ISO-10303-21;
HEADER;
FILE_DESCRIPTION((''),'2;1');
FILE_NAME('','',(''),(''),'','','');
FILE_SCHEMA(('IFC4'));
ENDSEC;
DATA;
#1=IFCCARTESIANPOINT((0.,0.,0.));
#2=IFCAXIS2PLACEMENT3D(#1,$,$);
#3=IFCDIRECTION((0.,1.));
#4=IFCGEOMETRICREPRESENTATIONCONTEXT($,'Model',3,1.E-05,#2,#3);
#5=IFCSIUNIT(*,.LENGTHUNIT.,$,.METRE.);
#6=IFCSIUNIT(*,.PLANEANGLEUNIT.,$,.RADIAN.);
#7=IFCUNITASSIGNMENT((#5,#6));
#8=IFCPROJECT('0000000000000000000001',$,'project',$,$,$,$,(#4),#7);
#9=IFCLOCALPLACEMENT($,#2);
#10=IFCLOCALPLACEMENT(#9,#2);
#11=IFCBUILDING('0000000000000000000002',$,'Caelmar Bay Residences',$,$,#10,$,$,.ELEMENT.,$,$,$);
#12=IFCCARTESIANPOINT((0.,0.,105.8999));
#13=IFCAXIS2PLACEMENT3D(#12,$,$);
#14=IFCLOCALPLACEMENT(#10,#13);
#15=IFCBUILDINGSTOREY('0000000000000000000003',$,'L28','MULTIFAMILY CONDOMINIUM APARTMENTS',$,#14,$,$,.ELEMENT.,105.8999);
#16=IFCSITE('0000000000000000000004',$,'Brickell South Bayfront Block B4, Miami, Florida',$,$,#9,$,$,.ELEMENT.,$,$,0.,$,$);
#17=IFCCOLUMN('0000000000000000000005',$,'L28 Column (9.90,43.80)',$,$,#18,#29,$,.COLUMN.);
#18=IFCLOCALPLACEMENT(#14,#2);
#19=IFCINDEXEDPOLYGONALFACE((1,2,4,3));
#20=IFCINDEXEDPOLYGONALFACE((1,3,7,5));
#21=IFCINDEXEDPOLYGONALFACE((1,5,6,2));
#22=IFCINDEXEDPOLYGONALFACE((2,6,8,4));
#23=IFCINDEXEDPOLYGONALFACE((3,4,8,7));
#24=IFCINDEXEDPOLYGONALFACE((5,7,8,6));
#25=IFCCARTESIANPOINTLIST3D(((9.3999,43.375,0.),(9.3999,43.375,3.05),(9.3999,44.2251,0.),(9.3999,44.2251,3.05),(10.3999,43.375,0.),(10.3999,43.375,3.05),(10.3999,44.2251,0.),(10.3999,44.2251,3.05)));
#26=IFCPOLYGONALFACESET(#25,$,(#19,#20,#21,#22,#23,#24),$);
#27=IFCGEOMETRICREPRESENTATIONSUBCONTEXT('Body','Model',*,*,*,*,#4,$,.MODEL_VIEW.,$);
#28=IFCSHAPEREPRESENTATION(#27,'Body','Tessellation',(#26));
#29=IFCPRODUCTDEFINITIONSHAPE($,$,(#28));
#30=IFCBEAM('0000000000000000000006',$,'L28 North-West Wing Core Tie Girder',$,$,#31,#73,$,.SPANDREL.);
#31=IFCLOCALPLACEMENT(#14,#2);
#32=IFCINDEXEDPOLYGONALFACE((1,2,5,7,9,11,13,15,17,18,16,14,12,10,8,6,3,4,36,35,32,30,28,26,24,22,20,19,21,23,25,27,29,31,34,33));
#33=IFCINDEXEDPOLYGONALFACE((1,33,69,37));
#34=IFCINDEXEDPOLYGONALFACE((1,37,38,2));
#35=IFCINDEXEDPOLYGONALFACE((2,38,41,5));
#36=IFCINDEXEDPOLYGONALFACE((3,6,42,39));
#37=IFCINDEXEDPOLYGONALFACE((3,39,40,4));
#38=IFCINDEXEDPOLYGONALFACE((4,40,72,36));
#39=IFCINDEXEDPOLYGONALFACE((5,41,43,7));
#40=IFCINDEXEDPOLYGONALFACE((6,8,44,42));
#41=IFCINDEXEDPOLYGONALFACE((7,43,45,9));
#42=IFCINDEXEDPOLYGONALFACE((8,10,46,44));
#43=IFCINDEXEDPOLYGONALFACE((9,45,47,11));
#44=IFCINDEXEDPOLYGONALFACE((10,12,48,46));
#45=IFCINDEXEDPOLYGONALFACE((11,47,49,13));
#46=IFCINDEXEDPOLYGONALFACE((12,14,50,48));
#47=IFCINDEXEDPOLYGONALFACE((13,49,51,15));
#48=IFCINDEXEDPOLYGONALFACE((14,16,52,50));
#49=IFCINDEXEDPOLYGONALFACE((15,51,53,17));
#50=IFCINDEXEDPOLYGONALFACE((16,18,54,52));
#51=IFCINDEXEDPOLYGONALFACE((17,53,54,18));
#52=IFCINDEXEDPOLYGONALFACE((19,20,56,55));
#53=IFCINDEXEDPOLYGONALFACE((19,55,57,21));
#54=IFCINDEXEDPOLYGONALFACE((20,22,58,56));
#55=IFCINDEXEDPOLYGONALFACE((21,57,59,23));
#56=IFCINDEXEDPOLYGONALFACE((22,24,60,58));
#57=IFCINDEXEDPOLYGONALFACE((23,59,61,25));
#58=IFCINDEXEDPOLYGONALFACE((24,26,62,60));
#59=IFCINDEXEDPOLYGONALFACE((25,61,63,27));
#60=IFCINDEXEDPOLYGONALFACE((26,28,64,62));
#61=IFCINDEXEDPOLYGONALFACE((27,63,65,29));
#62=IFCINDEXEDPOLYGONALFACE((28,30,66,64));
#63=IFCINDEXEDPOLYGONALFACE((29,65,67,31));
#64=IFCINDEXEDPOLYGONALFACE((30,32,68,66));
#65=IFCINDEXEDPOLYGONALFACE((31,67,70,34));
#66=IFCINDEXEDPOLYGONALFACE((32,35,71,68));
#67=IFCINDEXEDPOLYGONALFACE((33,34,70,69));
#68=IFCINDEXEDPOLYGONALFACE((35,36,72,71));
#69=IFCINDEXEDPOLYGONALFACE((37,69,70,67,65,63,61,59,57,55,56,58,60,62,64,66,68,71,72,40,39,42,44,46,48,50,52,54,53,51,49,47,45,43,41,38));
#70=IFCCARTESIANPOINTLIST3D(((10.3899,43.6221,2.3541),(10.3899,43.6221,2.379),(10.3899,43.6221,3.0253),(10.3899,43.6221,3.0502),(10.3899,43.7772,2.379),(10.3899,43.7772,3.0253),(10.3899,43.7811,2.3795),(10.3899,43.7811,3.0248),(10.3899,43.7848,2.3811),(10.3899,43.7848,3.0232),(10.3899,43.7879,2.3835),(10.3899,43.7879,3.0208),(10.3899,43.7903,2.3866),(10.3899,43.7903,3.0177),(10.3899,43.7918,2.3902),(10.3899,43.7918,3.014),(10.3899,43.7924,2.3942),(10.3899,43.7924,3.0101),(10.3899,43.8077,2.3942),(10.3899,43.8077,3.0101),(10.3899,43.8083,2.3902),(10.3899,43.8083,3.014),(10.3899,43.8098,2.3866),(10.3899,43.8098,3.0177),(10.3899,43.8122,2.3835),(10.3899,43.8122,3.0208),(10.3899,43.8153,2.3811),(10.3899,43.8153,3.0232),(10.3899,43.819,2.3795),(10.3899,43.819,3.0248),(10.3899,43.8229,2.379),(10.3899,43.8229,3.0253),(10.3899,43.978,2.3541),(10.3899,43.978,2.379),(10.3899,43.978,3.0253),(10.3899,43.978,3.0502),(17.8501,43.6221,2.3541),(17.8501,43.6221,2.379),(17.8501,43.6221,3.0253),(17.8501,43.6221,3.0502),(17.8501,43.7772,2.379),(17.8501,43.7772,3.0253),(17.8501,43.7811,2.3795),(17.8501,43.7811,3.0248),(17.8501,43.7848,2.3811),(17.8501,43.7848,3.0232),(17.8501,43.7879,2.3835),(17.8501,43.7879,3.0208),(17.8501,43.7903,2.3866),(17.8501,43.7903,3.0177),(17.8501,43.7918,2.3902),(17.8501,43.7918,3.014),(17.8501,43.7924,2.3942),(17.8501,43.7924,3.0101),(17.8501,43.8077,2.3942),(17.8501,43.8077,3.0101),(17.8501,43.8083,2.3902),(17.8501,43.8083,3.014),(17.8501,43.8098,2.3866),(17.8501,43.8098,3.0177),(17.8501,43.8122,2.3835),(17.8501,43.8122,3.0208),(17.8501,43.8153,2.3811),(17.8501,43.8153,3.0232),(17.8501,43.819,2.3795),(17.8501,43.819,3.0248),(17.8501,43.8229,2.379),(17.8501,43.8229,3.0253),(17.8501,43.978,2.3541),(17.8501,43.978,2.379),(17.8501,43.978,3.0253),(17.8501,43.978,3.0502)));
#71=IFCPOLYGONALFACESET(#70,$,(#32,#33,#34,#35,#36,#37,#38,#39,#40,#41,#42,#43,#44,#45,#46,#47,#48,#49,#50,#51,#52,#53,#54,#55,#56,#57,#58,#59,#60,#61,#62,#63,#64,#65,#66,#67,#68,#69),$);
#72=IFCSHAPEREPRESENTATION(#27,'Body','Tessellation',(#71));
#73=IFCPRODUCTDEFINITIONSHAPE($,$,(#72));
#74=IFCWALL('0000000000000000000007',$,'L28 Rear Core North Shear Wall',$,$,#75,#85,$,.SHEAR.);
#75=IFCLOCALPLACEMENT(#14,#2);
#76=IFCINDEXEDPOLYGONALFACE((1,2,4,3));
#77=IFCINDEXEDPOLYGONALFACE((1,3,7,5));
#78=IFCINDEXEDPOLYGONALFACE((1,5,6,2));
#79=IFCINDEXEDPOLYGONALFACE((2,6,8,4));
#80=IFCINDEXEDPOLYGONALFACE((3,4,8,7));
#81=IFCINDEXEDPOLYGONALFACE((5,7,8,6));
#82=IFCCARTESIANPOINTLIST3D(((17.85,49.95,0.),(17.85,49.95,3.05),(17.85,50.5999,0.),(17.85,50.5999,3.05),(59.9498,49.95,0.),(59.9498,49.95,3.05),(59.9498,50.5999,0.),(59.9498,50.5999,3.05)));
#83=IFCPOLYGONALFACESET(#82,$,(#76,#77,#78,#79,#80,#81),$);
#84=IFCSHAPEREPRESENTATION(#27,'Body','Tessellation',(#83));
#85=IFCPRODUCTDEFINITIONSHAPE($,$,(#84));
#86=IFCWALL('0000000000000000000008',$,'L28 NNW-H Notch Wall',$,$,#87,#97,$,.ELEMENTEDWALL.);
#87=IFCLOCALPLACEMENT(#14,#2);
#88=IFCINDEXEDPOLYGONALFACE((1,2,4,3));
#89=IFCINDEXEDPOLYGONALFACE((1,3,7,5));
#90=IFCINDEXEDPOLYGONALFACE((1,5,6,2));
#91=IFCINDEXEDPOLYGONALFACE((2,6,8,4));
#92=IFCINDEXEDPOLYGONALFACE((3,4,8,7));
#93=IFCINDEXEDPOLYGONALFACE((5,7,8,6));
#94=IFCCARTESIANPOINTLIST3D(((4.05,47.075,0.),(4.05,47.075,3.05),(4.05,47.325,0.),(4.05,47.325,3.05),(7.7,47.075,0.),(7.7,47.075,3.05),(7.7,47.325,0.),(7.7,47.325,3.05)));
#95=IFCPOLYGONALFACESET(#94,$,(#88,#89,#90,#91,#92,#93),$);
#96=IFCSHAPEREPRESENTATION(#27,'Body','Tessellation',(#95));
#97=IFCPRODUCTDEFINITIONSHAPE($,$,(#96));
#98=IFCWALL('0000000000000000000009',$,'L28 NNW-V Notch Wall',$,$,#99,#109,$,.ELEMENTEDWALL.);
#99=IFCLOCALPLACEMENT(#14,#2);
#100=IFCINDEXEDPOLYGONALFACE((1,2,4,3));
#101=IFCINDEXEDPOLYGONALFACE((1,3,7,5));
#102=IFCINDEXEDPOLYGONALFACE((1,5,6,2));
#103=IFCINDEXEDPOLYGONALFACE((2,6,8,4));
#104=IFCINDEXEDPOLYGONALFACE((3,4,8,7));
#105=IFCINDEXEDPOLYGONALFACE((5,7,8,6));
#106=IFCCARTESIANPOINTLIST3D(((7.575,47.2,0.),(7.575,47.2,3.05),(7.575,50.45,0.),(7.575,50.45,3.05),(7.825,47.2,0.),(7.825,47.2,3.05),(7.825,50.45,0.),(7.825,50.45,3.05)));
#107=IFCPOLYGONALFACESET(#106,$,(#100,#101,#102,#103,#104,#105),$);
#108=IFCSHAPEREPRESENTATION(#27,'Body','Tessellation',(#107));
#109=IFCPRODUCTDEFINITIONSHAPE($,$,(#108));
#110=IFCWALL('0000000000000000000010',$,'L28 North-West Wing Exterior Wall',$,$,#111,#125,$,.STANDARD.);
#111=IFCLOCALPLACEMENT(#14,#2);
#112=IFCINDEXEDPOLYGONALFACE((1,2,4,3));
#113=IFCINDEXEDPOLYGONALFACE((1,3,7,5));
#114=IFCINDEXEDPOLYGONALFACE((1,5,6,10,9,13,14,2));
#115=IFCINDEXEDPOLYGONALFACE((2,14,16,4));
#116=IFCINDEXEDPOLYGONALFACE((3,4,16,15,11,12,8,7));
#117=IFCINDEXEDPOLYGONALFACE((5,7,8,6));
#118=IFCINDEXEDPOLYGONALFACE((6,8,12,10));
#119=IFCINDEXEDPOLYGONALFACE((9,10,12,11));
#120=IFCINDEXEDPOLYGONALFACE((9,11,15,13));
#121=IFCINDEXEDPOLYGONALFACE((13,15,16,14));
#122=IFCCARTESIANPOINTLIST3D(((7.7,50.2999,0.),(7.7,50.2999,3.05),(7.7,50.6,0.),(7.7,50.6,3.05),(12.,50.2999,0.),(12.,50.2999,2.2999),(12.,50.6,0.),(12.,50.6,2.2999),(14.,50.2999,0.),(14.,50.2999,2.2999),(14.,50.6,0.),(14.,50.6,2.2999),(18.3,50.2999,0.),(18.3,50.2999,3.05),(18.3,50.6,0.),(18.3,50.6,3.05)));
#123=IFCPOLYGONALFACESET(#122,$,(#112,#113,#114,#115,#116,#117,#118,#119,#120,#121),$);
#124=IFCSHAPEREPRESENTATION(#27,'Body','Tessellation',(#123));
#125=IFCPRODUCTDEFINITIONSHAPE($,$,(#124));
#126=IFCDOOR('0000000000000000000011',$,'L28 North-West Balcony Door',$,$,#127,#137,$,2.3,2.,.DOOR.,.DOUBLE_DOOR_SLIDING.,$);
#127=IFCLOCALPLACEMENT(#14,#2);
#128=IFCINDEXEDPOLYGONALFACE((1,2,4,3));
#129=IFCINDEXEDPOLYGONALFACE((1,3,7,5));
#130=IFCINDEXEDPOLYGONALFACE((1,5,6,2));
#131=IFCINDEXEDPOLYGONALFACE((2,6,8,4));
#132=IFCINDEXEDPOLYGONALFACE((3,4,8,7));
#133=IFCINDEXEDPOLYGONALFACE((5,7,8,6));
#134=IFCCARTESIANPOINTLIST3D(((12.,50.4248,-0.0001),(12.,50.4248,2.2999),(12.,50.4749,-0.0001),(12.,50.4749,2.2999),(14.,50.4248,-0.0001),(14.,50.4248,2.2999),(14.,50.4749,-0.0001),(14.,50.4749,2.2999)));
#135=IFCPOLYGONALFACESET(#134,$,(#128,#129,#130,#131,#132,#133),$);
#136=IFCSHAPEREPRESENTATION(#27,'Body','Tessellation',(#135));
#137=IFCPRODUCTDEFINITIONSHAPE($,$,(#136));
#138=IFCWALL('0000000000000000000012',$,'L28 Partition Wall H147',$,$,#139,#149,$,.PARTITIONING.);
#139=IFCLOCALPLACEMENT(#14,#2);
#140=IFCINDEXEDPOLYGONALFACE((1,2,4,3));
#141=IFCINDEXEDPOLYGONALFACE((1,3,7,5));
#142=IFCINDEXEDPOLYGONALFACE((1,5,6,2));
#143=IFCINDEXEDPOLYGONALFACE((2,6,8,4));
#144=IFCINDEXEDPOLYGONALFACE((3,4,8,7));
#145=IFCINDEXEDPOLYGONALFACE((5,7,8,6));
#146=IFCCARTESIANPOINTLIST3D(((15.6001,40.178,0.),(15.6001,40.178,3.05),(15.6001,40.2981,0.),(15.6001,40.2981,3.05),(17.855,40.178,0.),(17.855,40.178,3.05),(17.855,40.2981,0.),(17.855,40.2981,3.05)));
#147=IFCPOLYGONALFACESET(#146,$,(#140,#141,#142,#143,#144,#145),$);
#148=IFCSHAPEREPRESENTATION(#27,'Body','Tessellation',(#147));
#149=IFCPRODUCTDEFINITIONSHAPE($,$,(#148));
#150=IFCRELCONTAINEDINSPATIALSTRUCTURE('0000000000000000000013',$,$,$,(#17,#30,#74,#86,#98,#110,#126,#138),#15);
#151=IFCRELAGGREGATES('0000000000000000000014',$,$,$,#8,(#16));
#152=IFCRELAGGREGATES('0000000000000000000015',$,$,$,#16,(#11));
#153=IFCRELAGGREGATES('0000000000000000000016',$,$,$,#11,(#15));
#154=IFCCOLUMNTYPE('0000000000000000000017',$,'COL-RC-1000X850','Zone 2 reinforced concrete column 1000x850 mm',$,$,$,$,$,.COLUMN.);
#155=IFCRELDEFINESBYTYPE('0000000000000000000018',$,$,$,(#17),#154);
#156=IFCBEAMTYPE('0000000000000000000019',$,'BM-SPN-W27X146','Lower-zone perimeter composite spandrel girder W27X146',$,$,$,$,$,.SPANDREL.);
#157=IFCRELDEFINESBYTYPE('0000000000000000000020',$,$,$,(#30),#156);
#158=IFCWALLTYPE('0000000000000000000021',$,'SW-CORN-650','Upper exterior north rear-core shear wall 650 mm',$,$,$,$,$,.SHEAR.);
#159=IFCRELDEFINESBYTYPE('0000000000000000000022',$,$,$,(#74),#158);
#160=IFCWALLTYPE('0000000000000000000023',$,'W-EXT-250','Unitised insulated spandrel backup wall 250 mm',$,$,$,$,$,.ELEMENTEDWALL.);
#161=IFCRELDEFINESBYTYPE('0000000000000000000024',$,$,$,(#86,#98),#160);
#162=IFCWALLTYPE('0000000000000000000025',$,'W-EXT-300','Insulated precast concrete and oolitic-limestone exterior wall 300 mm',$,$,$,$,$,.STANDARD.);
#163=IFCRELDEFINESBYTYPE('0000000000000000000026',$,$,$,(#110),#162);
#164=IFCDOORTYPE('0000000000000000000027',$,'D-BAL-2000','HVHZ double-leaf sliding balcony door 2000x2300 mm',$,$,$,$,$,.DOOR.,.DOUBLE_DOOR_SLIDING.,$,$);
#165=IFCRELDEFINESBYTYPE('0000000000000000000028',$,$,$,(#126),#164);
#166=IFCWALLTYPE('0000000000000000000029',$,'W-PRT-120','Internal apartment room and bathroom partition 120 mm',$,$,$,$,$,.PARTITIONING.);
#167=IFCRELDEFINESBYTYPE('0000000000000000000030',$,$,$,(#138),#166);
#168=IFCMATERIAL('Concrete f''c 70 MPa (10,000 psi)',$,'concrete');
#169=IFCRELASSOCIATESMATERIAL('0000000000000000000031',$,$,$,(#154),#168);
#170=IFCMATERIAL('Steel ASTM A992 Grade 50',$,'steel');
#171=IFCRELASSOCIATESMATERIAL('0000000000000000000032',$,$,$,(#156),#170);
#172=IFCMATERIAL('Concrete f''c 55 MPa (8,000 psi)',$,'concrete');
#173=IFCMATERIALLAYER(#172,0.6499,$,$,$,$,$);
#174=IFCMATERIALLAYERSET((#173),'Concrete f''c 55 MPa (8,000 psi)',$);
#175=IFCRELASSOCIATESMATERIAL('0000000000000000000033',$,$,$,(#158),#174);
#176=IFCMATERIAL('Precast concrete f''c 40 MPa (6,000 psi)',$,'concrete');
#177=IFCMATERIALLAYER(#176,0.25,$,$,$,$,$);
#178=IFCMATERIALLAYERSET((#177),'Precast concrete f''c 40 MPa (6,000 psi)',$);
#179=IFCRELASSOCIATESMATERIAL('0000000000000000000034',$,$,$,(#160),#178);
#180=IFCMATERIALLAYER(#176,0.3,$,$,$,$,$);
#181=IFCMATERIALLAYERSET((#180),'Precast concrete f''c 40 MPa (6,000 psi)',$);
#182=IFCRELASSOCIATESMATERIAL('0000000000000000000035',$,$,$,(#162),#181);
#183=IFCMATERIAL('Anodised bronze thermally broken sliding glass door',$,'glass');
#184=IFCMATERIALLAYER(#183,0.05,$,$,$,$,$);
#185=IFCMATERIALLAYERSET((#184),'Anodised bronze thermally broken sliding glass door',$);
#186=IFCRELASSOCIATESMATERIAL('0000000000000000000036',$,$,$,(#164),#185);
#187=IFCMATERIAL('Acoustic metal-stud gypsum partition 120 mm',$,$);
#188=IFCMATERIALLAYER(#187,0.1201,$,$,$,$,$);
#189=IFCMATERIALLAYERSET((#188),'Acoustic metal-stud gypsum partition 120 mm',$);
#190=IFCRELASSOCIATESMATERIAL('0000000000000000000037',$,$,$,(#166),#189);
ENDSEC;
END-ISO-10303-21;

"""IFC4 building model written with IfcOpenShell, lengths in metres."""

from ifc_helpers import new_model, si_unit, direction, frame, frame_2d, origin, origin_2d, place, context, subcontext, project, spatial, rectangle, i_section, extrude, material, layer, layer_set, material_profile, profile_set, type_object, element, fill, save


model = new_model("IFC4")

# Units and contexts
model_context = context("Model", 3, precision=1e-05, world=origin(), true_north=direction((0.0, 1.0)))
body_context = subcontext(model_context, "Body", "Model", "MODEL_VIEW")
ifc_project = project(units=[si_unit("LENGTHUNIT", "METRE"), si_unit("PLANEANGLEUNIT", "RADIAN")], contexts=[model_context])

# Site, building, storey
site_placement = place(None, origin())
site = spatial("IfcSite", under=ifc_project, at=site_placement, Name="Brickell South Bayfront Block B4, Miami, Florida", CompositionType="ELEMENT", RefElevation=0.0)
building_placement = place(site_placement, origin())
building = spatial("IfcBuilding", under=site, at=building_placement, Name="Caelmar Bay Residences", CompositionType="ELEMENT")
storey_placement = place(building_placement, frame((0.0, 0.0, 105.8999)))
storey = spatial("IfcBuildingStorey", under=building, at=storey_placement, Name="L28", Description="MULTIFAMILY CONDOMINIUM APARTMENTS", CompositionType="ELEMENT", Elevation=105.8999)

# Column
ifc_material_1 = material(Name="Concrete f'c 70 MPa (10,000 psi)", Category="concrete")
ifc_material_profile_1 = material_profile(ifc_material_1, rectangle(XDim=1.0, YDim=0.8501, at=origin_2d()), Name="RC-COL-1000X850")
ifc_profile_set_1 = profile_set([ifc_material_profile_1], Name="Concrete f'c 70 MPa (10,000 psi)")
column_type = type_object("IfcColumnType", Name="COL-RC-1000X850", Description="Zone 2 reinforced concrete column 1000x850 mm", PredefinedType="COLUMN", material=ifc_profile_set_1)
column_placement = place(storey_placement, frame((9.8999, 43.8, 0.0), z_axis=(0.0, 0.0, 1.0), x_axis=(1.0, 0.0, 0.0)))
element("IfcColumn", 1, at=column_placement, inside=storey, type_object=column_type, Name="L28 Column (9.90,43.80)", PredefinedType="COLUMN", context=body_context, shape_type="SweptSolid", body=[
    extrude(rectangle(XDim=1.0, YDim=0.8501, at=origin_2d()), origin(), (0.0, 0.0, 1.0), 3.05),
])

# Beam
ifc_material_2 = material(Name="Steel ASTM A992 Grade 50", Category="steel")
ifc_material_profile_2 = material_profile(ifc_material_2, i_section(OverallWidth=0.356, OverallDepth=0.696, WebThickness=0.0154, FlangeThickness=0.0249, FilletRadius=0.0151, at=origin_2d()), Name="W27X146")
ifc_profile_set_2 = profile_set([ifc_material_profile_2], Name="Steel ASTM A992 Grade 50")
beam_type = type_object("IfcBeamType", Name="BM-SPN-W27X146", Description="Lower-zone perimeter composite spandrel girder W27X146", PredefinedType="SPANDREL", material=ifc_profile_set_2)
beam_placement = place(storey_placement, frame((10.3899, 43.8, 2.7021), z_axis=(1.0, 0.0, 0.0), x_axis=(0.0, 1.0, 0.0)))
element("IfcBeam", 2, at=beam_placement, inside=storey, type_object=beam_type, Name="L28 North-West Wing Core Tie Girder", PredefinedType="SPANDREL", context=body_context, shape_type="SweptSolid", body=[
    extrude(i_section(OverallWidth=0.356, OverallDepth=0.696, WebThickness=0.0154, FlangeThickness=0.0249, FilletRadius=0.0151, at=origin_2d()), origin(), (0.0, 0.0, 1.0), 7.4602),
])

# Walls
ifc_material_3 = material(Name="Concrete f'c 55 MPa (8,000 psi)", Category="concrete")
ifc_layer_1 = layer(ifc_material_3, 0.6499)
ifc_layer_set_1 = layer_set([ifc_layer_1], Name="Concrete f'c 55 MPa (8,000 psi)")
wall_type_1 = type_object("IfcWallType", Name="SW-CORN-650", Description="Upper exterior north rear-core shear wall 650 mm", PredefinedType="SHEAR", material=ifc_layer_set_1)
wall_1_placement = place(storey_placement, frame((17.8501, 50.2749, 0.0), z_axis=(0.0, 0.0, 1.0), x_axis=(1.0, 0.0, 0.0)))
element("IfcWall", 3, at=wall_1_placement, inside=storey, type_object=wall_type_1, Name="L28 Rear Core North Shear Wall", PredefinedType="SHEAR", context=body_context, shape_type="SweptSolid", body=[
    extrude(rectangle(XDim=42.0999, YDim=0.6499, at=frame_2d((21.0498, 0.0))), origin(), (0.0, 0.0, 1.0), 3.05),
])
ifc_material_4 = material(Name="Precast concrete f'c 40 MPa (6,000 psi)", Category="concrete")
ifc_layer_2 = layer(ifc_material_4, 0.25)
ifc_layer_set_2 = layer_set([ifc_layer_2], Name="Precast concrete f'c 40 MPa (6,000 psi)")
wall_type_2 = type_object("IfcWallType", Name="W-EXT-250", Description="Unitised insulated spandrel backup wall 250 mm", PredefinedType="ELEMENTEDWALL", material=ifc_layer_set_2)
wall_2_placement = place(storey_placement, frame((4.05, 47.2, 0.0), z_axis=(0.0, 0.0, 1.0), x_axis=(1.0, 0.0, 0.0)))
element("IfcWall", 4, at=wall_2_placement, inside=storey, type_object=wall_type_2, Name="L28 NNW-H Notch Wall", PredefinedType="ELEMENTEDWALL", context=body_context, shape_type="SweptSolid", body=[
    extrude(rectangle(XDim=3.6499, YDim=0.25, at=frame_2d((1.825, 0.0))), origin(), (0.0, 0.0, 1.0), 3.05),
])
wall_3_placement = place(storey_placement, frame((7.7, 47.2, 0.0), z_axis=(0.0, 0.0, 1.0), x_axis=(0.0, 1.0, 0.0)))
element("IfcWall", 5, at=wall_3_placement, inside=storey, type_object=wall_type_2, Name="L28 NNW-V Notch Wall", PredefinedType="ELEMENTEDWALL", context=body_context, shape_type="SweptSolid", body=[
    extrude(rectangle(XDim=3.25, YDim=0.25, at=frame_2d((1.625, 0.0))), origin(), (0.0, 0.0, 1.0), 3.05),
])

# Wall, opening, door
ifc_layer_3 = layer(ifc_material_4, 0.3)
ifc_layer_set_3 = layer_set([ifc_layer_3], Name="Precast concrete f'c 40 MPa (6,000 psi)")
wall_type_3 = type_object("IfcWallType", Name="W-EXT-300", Description="Insulated precast concrete and oolitic-limestone exterior wall 300 mm", PredefinedType="STANDARD", material=ifc_layer_set_3)
wall_4_placement = place(storey_placement, frame((7.7, 50.45, 0.0), z_axis=(0.0, 0.0, 1.0), x_axis=(1.0, 0.0, 0.0)))
wall_4 = element("IfcWall", 6, at=wall_4_placement, inside=storey, type_object=wall_type_3, Name="L28 North-West Wing Exterior Wall", PredefinedType="STANDARD", context=body_context, shape_type="SweptSolid", body=[
    extrude(rectangle(XDim=10.6001, YDim=0.3, at=frame_2d((5.3, 0.0))), origin(), (0.0, 0.0, 1.0), 3.05),
])
opening_1_placement = place(wall_4_placement, frame((4.3, 0.0, 0.0)))
opening_1 = element("IfcOpeningElement", 7, at=opening_1_placement, cuts=wall_4, PredefinedType="OPENING", context=body_context, shape_type="SweptSolid", body=[
    extrude(rectangle(XDim=2.0, YDim=2.3, at=frame_2d((1.0, 1.1499))), frame((0.0, 0.1599, 0.0), z_axis=(0.0, -1.0, 0.0), x_axis=(1.0, 0.0, 0.0)), (0.0, 0.0, 1.0), 0.3201),
])
ifc_material_5 = material(Name="Anodised bronze thermally broken sliding glass door", Category="glass")
ifc_layer_4 = layer(ifc_material_5, 0.05)
ifc_layer_set_4 = layer_set([ifc_layer_4], Name="Anodised bronze thermally broken sliding glass door")
door_type_1 = type_object("IfcDoorType", Name="D-BAL-2000", Description="HVHZ double-leaf sliding balcony door 2000x2300 mm", OperationType="DOUBLE_DOOR_SLIDING", PredefinedType="DOOR", material=ifc_layer_set_4)
door_1_placement = place(opening_1_placement, origin())
door_1 = element("IfcDoor", 8, at=door_1_placement, inside=storey, type_object=door_type_1, Name="L28 North-West Balcony Door", OperationType="DOUBLE_DOOR_SLIDING", OverallHeight=2.3, OverallWidth=2.0, PredefinedType="DOOR", context=body_context, shape_type="SweptSolid", body=[
    extrude(rectangle(XDim=2.0, YDim=2.3, at=frame_2d((1.0, 1.1499))), frame((0.0, 0.0249, 0.0), z_axis=(0.0, -1.0, 0.0), x_axis=(1.0, 0.0, 0.0)), (0.0, 0.0, 1.0), 0.05),
])
fill(opening_1, door_1)
ifc_material_6 = material(Name="Acoustic metal-stud gypsum partition 120 mm")
ifc_layer_5 = layer(ifc_material_6, 0.1201)
ifc_layer_set_5 = layer_set([ifc_layer_5], Name="Acoustic metal-stud gypsum partition 120 mm")
wall_type_4 = type_object("IfcWallType", Name="W-PRT-120", Description="Internal apartment room and bathroom partition 120 mm", PredefinedType="PARTITIONING", material=ifc_layer_set_5)

# Wall
wall_5_placement = place(storey_placement, frame((15.6001, 40.238, 0.0), z_axis=(0.0, 0.0, 1.0), x_axis=(1.0, 0.0, 0.0)))
element("IfcWall", 9, at=wall_5_placement, inside=storey, type_object=wall_type_4, Name="L28 Partition Wall H147", PredefinedType="PARTITIONING", context=body_context, shape_type="SweptSolid", body=[
    extrude(rectangle(XDim=2.2549, YDim=0.1201, at=frame_2d((1.1274, 0.0))), origin(), (0.0, 0.0, 1.0), 3.05),
])

save(model, "model.ifc")
